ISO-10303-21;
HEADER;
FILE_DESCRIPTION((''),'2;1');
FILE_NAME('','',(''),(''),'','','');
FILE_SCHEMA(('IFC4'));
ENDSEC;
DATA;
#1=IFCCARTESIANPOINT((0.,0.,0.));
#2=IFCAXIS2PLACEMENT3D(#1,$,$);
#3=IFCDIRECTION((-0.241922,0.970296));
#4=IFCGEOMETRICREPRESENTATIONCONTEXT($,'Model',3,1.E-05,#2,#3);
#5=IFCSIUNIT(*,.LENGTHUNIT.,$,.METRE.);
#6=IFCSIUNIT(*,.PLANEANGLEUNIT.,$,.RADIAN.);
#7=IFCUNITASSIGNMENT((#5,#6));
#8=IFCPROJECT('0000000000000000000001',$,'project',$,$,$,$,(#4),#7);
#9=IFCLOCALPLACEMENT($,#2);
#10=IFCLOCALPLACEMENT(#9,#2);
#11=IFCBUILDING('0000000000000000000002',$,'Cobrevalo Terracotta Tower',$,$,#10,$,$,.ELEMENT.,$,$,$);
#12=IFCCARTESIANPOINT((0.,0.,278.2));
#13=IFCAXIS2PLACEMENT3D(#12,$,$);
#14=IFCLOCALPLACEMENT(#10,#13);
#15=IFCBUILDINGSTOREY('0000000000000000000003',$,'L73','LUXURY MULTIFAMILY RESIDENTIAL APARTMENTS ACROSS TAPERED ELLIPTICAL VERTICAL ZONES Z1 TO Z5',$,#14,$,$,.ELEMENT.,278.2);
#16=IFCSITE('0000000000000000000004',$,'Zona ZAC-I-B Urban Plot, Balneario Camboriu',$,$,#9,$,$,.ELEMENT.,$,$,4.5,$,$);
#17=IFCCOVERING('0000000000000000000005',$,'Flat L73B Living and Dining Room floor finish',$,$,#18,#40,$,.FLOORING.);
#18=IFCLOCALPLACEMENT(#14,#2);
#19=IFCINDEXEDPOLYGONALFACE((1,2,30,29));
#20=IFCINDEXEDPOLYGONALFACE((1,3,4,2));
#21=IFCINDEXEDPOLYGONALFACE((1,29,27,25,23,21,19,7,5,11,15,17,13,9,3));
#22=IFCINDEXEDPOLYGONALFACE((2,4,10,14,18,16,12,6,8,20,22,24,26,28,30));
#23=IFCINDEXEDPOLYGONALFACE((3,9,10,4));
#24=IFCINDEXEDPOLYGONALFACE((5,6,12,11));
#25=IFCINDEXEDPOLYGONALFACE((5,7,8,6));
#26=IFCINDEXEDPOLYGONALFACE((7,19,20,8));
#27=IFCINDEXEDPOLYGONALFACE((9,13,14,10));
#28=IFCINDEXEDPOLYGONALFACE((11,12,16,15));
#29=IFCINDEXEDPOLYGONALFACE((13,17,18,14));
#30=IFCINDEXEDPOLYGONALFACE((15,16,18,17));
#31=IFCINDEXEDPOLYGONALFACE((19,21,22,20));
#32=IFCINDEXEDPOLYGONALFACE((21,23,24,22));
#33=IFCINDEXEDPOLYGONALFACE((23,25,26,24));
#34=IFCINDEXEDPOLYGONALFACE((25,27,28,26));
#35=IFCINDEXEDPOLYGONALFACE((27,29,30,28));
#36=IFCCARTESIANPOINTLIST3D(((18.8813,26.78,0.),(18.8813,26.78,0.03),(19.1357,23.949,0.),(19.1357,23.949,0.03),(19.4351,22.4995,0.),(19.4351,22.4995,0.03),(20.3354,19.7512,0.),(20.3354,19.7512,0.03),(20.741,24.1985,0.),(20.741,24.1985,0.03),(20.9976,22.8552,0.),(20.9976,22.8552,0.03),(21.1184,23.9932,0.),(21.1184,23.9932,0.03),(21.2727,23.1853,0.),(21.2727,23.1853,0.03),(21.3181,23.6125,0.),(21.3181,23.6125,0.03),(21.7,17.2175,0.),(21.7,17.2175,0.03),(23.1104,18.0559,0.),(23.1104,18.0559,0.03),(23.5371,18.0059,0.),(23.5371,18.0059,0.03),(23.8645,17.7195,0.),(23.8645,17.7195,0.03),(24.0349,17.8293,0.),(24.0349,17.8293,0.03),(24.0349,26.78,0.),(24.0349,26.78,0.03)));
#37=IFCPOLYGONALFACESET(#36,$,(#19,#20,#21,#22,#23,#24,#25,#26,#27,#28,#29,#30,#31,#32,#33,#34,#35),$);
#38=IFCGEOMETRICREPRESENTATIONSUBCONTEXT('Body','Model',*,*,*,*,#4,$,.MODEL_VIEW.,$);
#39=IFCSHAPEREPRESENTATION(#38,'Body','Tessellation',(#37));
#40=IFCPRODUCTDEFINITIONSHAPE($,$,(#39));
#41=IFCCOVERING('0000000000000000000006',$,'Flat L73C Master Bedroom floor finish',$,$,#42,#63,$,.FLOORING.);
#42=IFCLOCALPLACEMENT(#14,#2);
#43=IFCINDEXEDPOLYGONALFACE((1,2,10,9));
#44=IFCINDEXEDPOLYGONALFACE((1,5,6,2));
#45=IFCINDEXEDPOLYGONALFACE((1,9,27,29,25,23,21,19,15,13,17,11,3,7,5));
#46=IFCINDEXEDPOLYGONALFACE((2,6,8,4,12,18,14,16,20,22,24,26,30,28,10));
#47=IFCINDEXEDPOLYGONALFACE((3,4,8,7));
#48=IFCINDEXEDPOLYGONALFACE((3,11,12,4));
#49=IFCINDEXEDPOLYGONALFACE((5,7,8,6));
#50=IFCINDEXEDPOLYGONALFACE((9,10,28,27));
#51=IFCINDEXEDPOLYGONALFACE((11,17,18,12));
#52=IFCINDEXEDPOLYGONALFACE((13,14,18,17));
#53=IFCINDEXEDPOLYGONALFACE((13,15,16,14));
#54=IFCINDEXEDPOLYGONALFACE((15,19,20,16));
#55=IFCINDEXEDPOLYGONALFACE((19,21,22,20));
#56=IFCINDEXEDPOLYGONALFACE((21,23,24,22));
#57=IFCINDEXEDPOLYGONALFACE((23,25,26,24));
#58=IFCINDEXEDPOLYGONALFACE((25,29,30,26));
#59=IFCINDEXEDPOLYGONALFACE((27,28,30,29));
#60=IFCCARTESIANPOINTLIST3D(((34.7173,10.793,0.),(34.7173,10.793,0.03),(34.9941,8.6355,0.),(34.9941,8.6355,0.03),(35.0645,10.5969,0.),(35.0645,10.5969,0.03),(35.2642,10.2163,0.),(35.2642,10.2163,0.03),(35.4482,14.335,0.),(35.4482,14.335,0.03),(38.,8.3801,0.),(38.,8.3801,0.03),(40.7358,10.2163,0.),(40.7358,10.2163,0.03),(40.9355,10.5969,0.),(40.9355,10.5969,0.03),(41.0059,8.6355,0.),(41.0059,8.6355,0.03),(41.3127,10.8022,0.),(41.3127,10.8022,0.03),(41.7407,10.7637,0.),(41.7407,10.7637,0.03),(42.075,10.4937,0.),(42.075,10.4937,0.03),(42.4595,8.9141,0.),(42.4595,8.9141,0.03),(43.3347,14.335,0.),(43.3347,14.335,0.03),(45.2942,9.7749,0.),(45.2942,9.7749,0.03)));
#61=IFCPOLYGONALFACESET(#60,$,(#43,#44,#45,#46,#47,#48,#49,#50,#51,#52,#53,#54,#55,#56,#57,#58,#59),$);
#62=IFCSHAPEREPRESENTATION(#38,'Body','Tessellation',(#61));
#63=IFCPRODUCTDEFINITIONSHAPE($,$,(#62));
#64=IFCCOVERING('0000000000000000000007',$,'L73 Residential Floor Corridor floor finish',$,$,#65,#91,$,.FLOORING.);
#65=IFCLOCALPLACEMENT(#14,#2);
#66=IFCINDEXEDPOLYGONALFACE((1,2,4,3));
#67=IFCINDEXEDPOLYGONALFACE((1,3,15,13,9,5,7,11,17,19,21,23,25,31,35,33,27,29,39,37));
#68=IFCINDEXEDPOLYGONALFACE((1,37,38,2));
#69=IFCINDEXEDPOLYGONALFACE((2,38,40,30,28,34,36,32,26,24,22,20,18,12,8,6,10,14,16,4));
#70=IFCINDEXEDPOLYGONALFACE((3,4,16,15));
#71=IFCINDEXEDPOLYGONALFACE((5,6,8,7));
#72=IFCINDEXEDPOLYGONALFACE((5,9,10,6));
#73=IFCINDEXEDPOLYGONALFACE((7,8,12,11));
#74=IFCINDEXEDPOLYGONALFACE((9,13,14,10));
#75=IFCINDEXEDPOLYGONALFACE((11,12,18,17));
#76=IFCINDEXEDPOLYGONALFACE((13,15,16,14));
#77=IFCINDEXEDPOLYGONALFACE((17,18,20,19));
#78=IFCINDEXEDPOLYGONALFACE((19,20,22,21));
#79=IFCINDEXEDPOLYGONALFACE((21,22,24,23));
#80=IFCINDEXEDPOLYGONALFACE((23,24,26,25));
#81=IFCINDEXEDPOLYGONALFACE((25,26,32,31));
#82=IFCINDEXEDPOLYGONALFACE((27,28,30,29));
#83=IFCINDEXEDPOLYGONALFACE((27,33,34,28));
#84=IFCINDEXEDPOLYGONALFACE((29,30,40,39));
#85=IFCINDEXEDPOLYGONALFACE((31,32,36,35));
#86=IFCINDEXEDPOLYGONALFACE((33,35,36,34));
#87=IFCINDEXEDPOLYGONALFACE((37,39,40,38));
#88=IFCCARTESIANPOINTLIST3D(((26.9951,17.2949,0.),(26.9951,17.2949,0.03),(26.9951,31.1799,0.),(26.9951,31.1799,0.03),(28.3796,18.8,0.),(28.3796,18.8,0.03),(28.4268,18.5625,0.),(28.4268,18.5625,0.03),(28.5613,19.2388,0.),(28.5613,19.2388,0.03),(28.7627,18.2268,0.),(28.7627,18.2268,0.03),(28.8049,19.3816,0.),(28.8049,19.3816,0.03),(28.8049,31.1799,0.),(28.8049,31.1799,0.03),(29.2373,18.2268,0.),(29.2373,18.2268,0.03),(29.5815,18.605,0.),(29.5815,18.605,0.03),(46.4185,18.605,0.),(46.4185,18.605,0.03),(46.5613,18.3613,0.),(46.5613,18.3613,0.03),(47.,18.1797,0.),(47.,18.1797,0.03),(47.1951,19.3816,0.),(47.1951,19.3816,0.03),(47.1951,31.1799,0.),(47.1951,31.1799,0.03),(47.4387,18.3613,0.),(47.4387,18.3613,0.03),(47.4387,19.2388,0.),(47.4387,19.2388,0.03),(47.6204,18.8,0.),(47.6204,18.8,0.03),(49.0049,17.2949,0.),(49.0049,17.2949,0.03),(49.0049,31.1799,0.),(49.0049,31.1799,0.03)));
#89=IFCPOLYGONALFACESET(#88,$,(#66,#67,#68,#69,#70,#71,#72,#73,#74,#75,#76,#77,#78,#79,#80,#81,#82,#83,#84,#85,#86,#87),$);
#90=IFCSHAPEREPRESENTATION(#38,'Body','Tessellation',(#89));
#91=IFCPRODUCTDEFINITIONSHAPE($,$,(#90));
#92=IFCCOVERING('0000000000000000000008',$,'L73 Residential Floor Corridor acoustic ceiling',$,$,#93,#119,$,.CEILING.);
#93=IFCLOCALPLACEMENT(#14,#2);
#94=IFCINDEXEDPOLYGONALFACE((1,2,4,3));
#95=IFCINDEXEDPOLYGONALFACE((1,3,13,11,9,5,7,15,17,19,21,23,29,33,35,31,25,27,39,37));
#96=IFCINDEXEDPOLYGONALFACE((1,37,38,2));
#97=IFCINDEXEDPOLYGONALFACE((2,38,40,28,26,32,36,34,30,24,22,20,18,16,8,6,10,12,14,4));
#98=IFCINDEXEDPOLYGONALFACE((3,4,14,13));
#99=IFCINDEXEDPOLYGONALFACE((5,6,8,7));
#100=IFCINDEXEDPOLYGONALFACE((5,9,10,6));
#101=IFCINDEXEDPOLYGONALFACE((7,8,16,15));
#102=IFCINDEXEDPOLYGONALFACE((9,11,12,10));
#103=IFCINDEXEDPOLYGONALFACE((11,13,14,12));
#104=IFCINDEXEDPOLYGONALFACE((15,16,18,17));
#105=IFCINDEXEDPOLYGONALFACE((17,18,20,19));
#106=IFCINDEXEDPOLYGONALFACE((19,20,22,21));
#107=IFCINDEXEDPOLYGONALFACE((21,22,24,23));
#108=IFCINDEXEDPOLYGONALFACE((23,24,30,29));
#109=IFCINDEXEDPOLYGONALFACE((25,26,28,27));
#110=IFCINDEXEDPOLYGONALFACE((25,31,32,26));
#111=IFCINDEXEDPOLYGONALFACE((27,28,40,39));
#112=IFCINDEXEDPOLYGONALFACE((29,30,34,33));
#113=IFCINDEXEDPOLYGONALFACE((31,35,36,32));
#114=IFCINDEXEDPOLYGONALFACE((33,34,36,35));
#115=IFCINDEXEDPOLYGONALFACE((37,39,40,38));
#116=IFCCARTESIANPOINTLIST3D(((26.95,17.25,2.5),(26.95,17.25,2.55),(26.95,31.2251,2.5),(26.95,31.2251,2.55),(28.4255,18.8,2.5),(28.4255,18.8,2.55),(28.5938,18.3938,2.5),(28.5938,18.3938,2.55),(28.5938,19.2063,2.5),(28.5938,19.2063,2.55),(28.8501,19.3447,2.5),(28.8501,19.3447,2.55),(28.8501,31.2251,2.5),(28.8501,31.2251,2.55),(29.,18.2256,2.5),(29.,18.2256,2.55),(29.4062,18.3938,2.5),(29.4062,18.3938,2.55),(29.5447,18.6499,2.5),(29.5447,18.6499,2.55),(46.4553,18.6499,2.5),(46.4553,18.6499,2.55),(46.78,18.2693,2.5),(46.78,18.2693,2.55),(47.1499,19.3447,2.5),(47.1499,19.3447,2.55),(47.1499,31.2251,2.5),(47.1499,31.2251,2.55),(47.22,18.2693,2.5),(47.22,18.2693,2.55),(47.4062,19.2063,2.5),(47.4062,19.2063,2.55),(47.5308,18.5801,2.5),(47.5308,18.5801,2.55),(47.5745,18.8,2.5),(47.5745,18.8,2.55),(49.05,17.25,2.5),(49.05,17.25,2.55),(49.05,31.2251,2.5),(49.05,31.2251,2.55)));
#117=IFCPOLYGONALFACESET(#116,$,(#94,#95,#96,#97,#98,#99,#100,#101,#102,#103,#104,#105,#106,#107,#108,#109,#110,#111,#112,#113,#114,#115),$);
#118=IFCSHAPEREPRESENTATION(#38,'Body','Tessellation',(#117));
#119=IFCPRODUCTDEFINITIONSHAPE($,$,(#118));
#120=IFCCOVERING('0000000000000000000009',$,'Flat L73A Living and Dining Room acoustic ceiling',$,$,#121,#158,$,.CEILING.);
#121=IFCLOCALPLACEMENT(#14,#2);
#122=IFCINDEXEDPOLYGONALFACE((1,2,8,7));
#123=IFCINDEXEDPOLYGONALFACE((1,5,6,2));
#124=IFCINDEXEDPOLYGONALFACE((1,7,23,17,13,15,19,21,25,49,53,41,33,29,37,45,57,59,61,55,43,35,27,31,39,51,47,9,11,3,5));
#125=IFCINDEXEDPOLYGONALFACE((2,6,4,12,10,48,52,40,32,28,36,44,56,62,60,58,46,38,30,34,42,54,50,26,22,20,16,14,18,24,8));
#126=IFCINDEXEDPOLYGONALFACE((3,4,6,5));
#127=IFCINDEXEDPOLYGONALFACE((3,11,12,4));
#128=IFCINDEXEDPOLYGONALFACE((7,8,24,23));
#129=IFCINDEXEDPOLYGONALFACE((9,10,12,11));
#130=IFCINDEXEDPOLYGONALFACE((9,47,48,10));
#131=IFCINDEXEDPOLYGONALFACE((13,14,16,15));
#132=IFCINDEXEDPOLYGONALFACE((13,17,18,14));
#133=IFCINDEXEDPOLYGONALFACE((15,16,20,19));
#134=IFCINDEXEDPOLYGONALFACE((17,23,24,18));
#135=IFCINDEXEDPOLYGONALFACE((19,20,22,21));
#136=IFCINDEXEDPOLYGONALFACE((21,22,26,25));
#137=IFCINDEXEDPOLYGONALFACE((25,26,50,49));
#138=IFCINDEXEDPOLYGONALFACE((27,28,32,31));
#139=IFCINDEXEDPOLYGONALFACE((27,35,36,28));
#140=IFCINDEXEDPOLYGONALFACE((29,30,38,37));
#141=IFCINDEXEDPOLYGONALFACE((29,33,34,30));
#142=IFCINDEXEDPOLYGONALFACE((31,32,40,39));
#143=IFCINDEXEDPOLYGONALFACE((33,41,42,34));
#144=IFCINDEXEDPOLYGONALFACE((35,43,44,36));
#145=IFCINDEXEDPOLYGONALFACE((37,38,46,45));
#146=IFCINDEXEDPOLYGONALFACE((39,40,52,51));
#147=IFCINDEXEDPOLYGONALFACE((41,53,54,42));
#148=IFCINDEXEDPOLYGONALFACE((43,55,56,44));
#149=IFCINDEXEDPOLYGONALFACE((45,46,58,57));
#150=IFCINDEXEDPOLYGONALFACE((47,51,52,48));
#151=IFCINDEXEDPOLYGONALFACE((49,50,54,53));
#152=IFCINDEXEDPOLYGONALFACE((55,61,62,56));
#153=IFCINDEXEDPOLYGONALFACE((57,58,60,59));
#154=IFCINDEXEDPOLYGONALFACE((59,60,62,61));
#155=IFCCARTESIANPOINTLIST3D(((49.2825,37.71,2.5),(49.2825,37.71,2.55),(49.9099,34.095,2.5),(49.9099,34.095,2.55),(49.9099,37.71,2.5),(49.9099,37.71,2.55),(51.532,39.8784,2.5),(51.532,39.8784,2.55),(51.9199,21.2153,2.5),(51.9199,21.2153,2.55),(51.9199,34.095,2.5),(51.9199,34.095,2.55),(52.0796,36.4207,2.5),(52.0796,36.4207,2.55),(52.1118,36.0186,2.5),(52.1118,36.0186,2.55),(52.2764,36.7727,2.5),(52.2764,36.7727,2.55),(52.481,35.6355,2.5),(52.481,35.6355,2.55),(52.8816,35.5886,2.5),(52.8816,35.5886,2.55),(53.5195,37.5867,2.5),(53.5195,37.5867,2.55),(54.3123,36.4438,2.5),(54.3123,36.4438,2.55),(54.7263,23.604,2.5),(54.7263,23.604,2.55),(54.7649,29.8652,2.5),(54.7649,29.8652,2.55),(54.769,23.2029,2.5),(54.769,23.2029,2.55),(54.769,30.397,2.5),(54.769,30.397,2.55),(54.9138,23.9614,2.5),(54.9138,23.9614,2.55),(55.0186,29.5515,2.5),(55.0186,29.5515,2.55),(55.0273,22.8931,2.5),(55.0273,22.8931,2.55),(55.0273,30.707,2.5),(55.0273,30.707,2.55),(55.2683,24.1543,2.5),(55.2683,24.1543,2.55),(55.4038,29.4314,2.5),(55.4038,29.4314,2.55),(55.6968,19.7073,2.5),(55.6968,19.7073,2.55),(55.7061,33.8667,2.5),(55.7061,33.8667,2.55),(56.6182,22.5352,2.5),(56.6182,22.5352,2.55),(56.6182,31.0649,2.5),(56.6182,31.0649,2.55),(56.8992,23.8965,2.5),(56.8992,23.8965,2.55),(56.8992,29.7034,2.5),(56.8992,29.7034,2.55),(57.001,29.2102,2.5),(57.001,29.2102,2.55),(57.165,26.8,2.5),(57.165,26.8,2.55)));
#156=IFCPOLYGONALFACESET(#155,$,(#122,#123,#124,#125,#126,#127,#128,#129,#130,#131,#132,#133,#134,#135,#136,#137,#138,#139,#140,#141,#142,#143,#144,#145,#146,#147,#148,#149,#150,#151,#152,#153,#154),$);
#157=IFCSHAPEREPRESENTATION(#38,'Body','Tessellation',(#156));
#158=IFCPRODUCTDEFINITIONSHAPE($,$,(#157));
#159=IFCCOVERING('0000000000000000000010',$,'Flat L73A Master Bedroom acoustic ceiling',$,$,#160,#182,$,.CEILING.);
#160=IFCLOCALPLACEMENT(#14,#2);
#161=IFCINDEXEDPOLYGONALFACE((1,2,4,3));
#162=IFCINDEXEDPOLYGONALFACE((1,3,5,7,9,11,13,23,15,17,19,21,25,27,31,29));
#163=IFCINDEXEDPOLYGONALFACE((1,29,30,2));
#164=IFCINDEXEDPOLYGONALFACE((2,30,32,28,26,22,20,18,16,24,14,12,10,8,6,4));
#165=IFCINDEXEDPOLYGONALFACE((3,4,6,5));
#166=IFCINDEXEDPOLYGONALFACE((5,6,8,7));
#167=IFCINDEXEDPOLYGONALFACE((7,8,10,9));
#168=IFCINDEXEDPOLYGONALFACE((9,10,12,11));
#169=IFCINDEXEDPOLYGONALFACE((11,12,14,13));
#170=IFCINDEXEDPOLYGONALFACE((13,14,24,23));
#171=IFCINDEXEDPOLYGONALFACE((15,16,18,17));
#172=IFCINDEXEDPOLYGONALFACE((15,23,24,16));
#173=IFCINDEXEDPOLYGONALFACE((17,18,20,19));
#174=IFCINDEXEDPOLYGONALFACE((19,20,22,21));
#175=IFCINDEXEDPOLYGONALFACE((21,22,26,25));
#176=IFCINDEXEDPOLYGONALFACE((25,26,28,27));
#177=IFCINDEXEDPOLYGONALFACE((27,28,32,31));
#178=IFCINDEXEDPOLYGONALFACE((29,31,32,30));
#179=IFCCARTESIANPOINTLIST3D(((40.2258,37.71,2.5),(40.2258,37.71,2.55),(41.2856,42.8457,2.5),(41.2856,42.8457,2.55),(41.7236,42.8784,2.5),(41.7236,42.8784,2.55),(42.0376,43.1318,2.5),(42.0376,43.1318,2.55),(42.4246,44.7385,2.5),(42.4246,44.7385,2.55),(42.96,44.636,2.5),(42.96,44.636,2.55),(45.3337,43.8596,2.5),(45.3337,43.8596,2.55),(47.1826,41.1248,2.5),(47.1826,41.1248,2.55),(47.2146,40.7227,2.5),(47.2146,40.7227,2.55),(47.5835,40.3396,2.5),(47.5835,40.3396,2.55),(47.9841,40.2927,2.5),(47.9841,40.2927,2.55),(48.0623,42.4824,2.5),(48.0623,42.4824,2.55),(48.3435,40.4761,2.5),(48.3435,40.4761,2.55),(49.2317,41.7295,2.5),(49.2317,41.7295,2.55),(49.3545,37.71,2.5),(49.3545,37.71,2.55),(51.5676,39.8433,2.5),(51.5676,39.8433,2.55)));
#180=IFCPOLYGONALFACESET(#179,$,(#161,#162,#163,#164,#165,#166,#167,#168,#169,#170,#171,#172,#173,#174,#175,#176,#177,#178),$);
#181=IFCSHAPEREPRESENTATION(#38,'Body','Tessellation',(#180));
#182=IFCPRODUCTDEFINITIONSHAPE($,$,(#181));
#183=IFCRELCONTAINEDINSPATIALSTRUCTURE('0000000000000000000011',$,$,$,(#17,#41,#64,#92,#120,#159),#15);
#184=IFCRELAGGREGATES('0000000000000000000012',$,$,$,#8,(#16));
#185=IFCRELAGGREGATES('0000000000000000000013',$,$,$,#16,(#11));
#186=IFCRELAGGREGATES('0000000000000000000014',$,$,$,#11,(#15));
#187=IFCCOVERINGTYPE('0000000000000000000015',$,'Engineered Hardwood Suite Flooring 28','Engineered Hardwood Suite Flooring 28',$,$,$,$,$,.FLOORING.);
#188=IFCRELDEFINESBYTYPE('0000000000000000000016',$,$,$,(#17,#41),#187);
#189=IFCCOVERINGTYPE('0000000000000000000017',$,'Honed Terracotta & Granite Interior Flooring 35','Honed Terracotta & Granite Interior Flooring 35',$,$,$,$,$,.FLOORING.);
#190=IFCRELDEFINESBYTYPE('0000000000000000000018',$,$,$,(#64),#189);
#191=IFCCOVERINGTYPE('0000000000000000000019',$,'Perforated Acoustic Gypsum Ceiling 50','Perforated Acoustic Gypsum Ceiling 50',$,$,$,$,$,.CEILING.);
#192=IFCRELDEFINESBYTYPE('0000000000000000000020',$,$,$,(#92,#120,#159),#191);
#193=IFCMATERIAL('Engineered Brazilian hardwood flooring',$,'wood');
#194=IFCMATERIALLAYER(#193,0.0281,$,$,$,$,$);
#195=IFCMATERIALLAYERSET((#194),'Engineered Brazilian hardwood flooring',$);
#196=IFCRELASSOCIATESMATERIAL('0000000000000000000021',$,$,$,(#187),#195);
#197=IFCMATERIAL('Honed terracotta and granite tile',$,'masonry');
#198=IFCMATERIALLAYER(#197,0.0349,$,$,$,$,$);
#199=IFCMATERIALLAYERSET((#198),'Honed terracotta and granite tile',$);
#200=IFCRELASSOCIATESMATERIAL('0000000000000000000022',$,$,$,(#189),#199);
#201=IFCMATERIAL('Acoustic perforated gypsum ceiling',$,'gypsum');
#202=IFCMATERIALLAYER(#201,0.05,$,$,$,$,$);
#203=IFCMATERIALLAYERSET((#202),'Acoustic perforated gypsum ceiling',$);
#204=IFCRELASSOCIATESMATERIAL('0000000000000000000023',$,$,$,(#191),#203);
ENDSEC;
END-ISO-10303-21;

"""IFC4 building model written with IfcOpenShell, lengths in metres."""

from ifc_helpers import new_model, si_unit, direction, frame, origin, place, context, subcontext, project, spatial, polyline, outline, extrude, material, layer, layer_set, type_object, element, save


model = new_model("IFC4")

# Units and contexts
model_context = context("Model", 3, precision=1e-05, world=origin(), true_north=direction((-0.241922, 0.970296)))
body_context = subcontext(model_context, "Body", "Model", "MODEL_VIEW")
ifc_project = project(units=[si_unit("LENGTHUNIT", "METRE"), si_unit("PLANEANGLEUNIT", "RADIAN")], contexts=[model_context])

# Site, building, storey
site_placement = place(None, origin())
site = spatial("IfcSite", under=ifc_project, at=site_placement, Name="Zona ZAC-I-B Urban Plot, Balneario Camboriu", CompositionType="ELEMENT", RefElevation=4.5)
building_placement = place(site_placement, origin())
building = spatial("IfcBuilding", under=site, at=building_placement, Name="Cobrevalo Terracotta Tower", CompositionType="ELEMENT")
storey_placement = place(building_placement, frame((0.0, 0.0, 278.2)))
storey = spatial("IfcBuildingStorey", under=building, at=storey_placement, Name="L73", Description="LUXURY MULTIFAMILY RESIDENTIAL APARTMENTS ACROSS TAPERED ELLIPTICAL VERTICAL ZONES Z1 TO Z5", CompositionType="ELEMENT", Elevation=278.2)

# Coverings
ifc_material_1 = material(Name="Engineered Brazilian hardwood flooring", Category="wood")
ifc_layer_1 = layer(ifc_material_1, 0.0281)
ifc_layer_set_1 = layer_set([ifc_layer_1], Name="Engineered Brazilian hardwood flooring")
covering_type_1 = type_object("IfcCoveringType", Name="Engineered Hardwood Suite Flooring 28", Description="Engineered Hardwood Suite Flooring 28", PredefinedType="FLOORING", material=ifc_layer_set_1)
covering_1_placement = place(storey_placement, origin())
element("IfcCovering", 1, at=covering_1_placement, inside=storey, type_object=covering_type_1, Name="Flat L73B Living and Dining Room floor finish", PredefinedType="FLOORING", context=body_context, shape_type="SweptSolid", body=[
    extrude(outline(polyline([(20.3354, 19.7512), (19.4351, 22.4995), (20.9976, 22.8552), (21.2727, 23.1853), (21.3181, 23.6125), (21.1184, 23.9932), (20.741, 24.1985), (19.1357, 23.949), (18.8813, 26.78), (24.0349, 26.78), (24.0349, 17.8293), (23.8645, 17.7195), (23.5371, 18.0059), (23.1104, 18.0559), (21.7, 17.2175), (20.3354, 19.7512)])), origin(), (0.0, 0.0, 1.0), 0.03),
])
covering_2_placement = place(storey_placement, origin())
element("IfcCovering", 2, at=covering_2_placement, inside=storey, type_object=covering_type_1, Name="Flat L73C Master Bedroom floor finish", PredefinedType="FLOORING", context=body_context, shape_type="SweptSolid", body=[
    extrude(outline(polyline([(38.0, 8.3801), (34.9941, 8.6355), (35.2642, 10.2163), (35.0645, 10.5969), (34.7173, 10.793), (35.4482, 14.335), (43.3347, 14.335), (45.2942, 9.7749), (42.4595, 8.9141), (42.075, 10.4937), (41.7407, 10.7637), (41.3127, 10.8022), (40.9355, 10.5969), (40.7358, 10.2163), (41.0059, 8.6355), (38.0, 8.3801)])), origin(), (0.0, 0.0, 1.0), 0.03),
])
ifc_material_2 = material(Name="Honed terracotta and granite tile", Category="masonry")
ifc_layer_2 = layer(ifc_material_2, 0.0349)
ifc_layer_set_2 = layer_set([ifc_layer_2], Name="Honed terracotta and granite tile")
covering_type_2 = type_object("IfcCoveringType", Name="Honed Terracotta & Granite Interior Flooring 35", Description="Honed Terracotta & Granite Interior Flooring 35", PredefinedType="FLOORING", material=ifc_layer_set_2)
covering_3_placement = place(storey_placement, origin())
element("IfcCovering", 3, at=covering_3_placement, inside=storey, type_object=covering_type_2, Name="L73 Residential Floor Corridor floor finish", PredefinedType="FLOORING", context=body_context, shape_type="SweptSolid", body=[
    extrude(outline(polyline([(26.9951, 31.1799), (28.8049, 31.1799), (28.8049, 19.3816), (28.5613, 19.2388), (28.3796, 18.8), (28.4268, 18.5625), (28.7627, 18.2268), (29.2373, 18.2268), (29.5815, 18.605), (46.4185, 18.605), (46.5613, 18.3613), (47.0, 18.1797), (47.4387, 18.3613), (47.6204, 18.8), (47.4387, 19.2388), (47.1951, 19.3816), (47.1951, 31.1799), (49.0049, 31.1799), (49.0049, 17.2949), (26.9951, 17.2949), (26.9951, 31.1799)])), origin(), (0.0, 0.0, 1.0), 0.03),
])
ifc_material_3 = material(Name="Acoustic perforated gypsum ceiling", Category="gypsum")
ifc_layer_3 = layer(ifc_material_3, 0.05)
ifc_layer_set_3 = layer_set([ifc_layer_3], Name="Acoustic perforated gypsum ceiling")
covering_type_3 = type_object("IfcCoveringType", Name="Perforated Acoustic Gypsum Ceiling 50", Description="Perforated Acoustic Gypsum Ceiling 50", PredefinedType="CEILING", material=ifc_layer_set_3)
covering_4_placement = place(storey_placement, frame((0.0, 0.0, 2.5)))
element("IfcCovering", 4, at=covering_4_placement, inside=storey, type_object=covering_type_3, Name="L73 Residential Floor Corridor acoustic ceiling", PredefinedType="CEILING", context=body_context, shape_type="SweptSolid", body=[
    extrude(outline(polyline([(26.95, 31.2251), (28.8501, 31.2251), (28.8501, 19.3447), (28.5938, 19.2063), (28.4255, 18.8), (28.5938, 18.3938), (29.0, 18.2256), (29.4062, 18.3938), (29.5447, 18.6499), (46.4553, 18.6499), (46.78, 18.2693), (47.22, 18.2693), (47.5308, 18.5801), (47.5745, 18.8), (47.4062, 19.2063), (47.1499, 19.3447), (47.1499, 31.2251), (49.05, 31.2251), (49.05, 17.25), (26.95, 17.25), (26.95, 31.2251)])), origin(), (0.0, 0.0, 1.0), 0.05),
])
covering_5_placement = place(storey_placement, frame((0.0, 0.0, 2.5)))
element("IfcCovering", 5, at=covering_5_placement, inside=storey, type_object=covering_type_3, Name="Flat L73A Living and Dining Room acoustic ceiling", PredefinedType="CEILING", context=body_context, shape_type="SweptSolid", body=[
    extrude(outline(polyline([(51.532, 39.8784), (53.5195, 37.5867), (52.2764, 36.7727), (52.0796, 36.4207), (52.1118, 36.0186), (52.481, 35.6355), (52.8816, 35.5886), (54.3123, 36.4438), (55.7061, 33.8667), (56.6182, 31.0649), (55.0273, 30.707), (54.769, 30.397), (54.7649, 29.8652), (55.0186, 29.5515), (55.4038, 29.4314), (56.8992, 29.7034), (57.001, 29.2102), (57.165, 26.8), (56.8992, 23.8965), (55.2683, 24.1543), (54.9138, 23.9614), (54.7263, 23.604), (54.769, 23.2029), (55.0273, 22.8931), (56.6182, 22.5352), (55.6968, 19.7073), (51.9199, 21.2153), (51.9199, 34.095), (49.9099, 34.095), (49.9099, 37.71), (49.2825, 37.71), (51.532, 39.8784)])), origin(), (0.0, 0.0, 1.0), 0.05),
])
covering_6_placement = place(storey_placement, frame((0.0, 0.0, 2.5)))
element("IfcCovering", 6, at=covering_6_placement, inside=storey, type_object=covering_type_3, Name="Flat L73A Master Bedroom acoustic ceiling", PredefinedType="CEILING", context=body_context, shape_type="SweptSolid", body=[
    extrude(outline(polyline([(41.2856, 42.8457), (41.7236, 42.8784), (42.0376, 43.1318), (42.4246, 44.7385), (42.96, 44.636), (45.3337, 43.8596), (48.0623, 42.4824), (47.1826, 41.1248), (47.2146, 40.7227), (47.5835, 40.3396), (47.9841, 40.2927), (48.3435, 40.4761), (49.2317, 41.7295), (51.5676, 39.8433), (49.3545, 37.71), (40.2258, 37.71), (41.2856, 42.8457)])), origin(), (0.0, 0.0, 1.0), 0.05),
])

save(model, "model.ifc")
